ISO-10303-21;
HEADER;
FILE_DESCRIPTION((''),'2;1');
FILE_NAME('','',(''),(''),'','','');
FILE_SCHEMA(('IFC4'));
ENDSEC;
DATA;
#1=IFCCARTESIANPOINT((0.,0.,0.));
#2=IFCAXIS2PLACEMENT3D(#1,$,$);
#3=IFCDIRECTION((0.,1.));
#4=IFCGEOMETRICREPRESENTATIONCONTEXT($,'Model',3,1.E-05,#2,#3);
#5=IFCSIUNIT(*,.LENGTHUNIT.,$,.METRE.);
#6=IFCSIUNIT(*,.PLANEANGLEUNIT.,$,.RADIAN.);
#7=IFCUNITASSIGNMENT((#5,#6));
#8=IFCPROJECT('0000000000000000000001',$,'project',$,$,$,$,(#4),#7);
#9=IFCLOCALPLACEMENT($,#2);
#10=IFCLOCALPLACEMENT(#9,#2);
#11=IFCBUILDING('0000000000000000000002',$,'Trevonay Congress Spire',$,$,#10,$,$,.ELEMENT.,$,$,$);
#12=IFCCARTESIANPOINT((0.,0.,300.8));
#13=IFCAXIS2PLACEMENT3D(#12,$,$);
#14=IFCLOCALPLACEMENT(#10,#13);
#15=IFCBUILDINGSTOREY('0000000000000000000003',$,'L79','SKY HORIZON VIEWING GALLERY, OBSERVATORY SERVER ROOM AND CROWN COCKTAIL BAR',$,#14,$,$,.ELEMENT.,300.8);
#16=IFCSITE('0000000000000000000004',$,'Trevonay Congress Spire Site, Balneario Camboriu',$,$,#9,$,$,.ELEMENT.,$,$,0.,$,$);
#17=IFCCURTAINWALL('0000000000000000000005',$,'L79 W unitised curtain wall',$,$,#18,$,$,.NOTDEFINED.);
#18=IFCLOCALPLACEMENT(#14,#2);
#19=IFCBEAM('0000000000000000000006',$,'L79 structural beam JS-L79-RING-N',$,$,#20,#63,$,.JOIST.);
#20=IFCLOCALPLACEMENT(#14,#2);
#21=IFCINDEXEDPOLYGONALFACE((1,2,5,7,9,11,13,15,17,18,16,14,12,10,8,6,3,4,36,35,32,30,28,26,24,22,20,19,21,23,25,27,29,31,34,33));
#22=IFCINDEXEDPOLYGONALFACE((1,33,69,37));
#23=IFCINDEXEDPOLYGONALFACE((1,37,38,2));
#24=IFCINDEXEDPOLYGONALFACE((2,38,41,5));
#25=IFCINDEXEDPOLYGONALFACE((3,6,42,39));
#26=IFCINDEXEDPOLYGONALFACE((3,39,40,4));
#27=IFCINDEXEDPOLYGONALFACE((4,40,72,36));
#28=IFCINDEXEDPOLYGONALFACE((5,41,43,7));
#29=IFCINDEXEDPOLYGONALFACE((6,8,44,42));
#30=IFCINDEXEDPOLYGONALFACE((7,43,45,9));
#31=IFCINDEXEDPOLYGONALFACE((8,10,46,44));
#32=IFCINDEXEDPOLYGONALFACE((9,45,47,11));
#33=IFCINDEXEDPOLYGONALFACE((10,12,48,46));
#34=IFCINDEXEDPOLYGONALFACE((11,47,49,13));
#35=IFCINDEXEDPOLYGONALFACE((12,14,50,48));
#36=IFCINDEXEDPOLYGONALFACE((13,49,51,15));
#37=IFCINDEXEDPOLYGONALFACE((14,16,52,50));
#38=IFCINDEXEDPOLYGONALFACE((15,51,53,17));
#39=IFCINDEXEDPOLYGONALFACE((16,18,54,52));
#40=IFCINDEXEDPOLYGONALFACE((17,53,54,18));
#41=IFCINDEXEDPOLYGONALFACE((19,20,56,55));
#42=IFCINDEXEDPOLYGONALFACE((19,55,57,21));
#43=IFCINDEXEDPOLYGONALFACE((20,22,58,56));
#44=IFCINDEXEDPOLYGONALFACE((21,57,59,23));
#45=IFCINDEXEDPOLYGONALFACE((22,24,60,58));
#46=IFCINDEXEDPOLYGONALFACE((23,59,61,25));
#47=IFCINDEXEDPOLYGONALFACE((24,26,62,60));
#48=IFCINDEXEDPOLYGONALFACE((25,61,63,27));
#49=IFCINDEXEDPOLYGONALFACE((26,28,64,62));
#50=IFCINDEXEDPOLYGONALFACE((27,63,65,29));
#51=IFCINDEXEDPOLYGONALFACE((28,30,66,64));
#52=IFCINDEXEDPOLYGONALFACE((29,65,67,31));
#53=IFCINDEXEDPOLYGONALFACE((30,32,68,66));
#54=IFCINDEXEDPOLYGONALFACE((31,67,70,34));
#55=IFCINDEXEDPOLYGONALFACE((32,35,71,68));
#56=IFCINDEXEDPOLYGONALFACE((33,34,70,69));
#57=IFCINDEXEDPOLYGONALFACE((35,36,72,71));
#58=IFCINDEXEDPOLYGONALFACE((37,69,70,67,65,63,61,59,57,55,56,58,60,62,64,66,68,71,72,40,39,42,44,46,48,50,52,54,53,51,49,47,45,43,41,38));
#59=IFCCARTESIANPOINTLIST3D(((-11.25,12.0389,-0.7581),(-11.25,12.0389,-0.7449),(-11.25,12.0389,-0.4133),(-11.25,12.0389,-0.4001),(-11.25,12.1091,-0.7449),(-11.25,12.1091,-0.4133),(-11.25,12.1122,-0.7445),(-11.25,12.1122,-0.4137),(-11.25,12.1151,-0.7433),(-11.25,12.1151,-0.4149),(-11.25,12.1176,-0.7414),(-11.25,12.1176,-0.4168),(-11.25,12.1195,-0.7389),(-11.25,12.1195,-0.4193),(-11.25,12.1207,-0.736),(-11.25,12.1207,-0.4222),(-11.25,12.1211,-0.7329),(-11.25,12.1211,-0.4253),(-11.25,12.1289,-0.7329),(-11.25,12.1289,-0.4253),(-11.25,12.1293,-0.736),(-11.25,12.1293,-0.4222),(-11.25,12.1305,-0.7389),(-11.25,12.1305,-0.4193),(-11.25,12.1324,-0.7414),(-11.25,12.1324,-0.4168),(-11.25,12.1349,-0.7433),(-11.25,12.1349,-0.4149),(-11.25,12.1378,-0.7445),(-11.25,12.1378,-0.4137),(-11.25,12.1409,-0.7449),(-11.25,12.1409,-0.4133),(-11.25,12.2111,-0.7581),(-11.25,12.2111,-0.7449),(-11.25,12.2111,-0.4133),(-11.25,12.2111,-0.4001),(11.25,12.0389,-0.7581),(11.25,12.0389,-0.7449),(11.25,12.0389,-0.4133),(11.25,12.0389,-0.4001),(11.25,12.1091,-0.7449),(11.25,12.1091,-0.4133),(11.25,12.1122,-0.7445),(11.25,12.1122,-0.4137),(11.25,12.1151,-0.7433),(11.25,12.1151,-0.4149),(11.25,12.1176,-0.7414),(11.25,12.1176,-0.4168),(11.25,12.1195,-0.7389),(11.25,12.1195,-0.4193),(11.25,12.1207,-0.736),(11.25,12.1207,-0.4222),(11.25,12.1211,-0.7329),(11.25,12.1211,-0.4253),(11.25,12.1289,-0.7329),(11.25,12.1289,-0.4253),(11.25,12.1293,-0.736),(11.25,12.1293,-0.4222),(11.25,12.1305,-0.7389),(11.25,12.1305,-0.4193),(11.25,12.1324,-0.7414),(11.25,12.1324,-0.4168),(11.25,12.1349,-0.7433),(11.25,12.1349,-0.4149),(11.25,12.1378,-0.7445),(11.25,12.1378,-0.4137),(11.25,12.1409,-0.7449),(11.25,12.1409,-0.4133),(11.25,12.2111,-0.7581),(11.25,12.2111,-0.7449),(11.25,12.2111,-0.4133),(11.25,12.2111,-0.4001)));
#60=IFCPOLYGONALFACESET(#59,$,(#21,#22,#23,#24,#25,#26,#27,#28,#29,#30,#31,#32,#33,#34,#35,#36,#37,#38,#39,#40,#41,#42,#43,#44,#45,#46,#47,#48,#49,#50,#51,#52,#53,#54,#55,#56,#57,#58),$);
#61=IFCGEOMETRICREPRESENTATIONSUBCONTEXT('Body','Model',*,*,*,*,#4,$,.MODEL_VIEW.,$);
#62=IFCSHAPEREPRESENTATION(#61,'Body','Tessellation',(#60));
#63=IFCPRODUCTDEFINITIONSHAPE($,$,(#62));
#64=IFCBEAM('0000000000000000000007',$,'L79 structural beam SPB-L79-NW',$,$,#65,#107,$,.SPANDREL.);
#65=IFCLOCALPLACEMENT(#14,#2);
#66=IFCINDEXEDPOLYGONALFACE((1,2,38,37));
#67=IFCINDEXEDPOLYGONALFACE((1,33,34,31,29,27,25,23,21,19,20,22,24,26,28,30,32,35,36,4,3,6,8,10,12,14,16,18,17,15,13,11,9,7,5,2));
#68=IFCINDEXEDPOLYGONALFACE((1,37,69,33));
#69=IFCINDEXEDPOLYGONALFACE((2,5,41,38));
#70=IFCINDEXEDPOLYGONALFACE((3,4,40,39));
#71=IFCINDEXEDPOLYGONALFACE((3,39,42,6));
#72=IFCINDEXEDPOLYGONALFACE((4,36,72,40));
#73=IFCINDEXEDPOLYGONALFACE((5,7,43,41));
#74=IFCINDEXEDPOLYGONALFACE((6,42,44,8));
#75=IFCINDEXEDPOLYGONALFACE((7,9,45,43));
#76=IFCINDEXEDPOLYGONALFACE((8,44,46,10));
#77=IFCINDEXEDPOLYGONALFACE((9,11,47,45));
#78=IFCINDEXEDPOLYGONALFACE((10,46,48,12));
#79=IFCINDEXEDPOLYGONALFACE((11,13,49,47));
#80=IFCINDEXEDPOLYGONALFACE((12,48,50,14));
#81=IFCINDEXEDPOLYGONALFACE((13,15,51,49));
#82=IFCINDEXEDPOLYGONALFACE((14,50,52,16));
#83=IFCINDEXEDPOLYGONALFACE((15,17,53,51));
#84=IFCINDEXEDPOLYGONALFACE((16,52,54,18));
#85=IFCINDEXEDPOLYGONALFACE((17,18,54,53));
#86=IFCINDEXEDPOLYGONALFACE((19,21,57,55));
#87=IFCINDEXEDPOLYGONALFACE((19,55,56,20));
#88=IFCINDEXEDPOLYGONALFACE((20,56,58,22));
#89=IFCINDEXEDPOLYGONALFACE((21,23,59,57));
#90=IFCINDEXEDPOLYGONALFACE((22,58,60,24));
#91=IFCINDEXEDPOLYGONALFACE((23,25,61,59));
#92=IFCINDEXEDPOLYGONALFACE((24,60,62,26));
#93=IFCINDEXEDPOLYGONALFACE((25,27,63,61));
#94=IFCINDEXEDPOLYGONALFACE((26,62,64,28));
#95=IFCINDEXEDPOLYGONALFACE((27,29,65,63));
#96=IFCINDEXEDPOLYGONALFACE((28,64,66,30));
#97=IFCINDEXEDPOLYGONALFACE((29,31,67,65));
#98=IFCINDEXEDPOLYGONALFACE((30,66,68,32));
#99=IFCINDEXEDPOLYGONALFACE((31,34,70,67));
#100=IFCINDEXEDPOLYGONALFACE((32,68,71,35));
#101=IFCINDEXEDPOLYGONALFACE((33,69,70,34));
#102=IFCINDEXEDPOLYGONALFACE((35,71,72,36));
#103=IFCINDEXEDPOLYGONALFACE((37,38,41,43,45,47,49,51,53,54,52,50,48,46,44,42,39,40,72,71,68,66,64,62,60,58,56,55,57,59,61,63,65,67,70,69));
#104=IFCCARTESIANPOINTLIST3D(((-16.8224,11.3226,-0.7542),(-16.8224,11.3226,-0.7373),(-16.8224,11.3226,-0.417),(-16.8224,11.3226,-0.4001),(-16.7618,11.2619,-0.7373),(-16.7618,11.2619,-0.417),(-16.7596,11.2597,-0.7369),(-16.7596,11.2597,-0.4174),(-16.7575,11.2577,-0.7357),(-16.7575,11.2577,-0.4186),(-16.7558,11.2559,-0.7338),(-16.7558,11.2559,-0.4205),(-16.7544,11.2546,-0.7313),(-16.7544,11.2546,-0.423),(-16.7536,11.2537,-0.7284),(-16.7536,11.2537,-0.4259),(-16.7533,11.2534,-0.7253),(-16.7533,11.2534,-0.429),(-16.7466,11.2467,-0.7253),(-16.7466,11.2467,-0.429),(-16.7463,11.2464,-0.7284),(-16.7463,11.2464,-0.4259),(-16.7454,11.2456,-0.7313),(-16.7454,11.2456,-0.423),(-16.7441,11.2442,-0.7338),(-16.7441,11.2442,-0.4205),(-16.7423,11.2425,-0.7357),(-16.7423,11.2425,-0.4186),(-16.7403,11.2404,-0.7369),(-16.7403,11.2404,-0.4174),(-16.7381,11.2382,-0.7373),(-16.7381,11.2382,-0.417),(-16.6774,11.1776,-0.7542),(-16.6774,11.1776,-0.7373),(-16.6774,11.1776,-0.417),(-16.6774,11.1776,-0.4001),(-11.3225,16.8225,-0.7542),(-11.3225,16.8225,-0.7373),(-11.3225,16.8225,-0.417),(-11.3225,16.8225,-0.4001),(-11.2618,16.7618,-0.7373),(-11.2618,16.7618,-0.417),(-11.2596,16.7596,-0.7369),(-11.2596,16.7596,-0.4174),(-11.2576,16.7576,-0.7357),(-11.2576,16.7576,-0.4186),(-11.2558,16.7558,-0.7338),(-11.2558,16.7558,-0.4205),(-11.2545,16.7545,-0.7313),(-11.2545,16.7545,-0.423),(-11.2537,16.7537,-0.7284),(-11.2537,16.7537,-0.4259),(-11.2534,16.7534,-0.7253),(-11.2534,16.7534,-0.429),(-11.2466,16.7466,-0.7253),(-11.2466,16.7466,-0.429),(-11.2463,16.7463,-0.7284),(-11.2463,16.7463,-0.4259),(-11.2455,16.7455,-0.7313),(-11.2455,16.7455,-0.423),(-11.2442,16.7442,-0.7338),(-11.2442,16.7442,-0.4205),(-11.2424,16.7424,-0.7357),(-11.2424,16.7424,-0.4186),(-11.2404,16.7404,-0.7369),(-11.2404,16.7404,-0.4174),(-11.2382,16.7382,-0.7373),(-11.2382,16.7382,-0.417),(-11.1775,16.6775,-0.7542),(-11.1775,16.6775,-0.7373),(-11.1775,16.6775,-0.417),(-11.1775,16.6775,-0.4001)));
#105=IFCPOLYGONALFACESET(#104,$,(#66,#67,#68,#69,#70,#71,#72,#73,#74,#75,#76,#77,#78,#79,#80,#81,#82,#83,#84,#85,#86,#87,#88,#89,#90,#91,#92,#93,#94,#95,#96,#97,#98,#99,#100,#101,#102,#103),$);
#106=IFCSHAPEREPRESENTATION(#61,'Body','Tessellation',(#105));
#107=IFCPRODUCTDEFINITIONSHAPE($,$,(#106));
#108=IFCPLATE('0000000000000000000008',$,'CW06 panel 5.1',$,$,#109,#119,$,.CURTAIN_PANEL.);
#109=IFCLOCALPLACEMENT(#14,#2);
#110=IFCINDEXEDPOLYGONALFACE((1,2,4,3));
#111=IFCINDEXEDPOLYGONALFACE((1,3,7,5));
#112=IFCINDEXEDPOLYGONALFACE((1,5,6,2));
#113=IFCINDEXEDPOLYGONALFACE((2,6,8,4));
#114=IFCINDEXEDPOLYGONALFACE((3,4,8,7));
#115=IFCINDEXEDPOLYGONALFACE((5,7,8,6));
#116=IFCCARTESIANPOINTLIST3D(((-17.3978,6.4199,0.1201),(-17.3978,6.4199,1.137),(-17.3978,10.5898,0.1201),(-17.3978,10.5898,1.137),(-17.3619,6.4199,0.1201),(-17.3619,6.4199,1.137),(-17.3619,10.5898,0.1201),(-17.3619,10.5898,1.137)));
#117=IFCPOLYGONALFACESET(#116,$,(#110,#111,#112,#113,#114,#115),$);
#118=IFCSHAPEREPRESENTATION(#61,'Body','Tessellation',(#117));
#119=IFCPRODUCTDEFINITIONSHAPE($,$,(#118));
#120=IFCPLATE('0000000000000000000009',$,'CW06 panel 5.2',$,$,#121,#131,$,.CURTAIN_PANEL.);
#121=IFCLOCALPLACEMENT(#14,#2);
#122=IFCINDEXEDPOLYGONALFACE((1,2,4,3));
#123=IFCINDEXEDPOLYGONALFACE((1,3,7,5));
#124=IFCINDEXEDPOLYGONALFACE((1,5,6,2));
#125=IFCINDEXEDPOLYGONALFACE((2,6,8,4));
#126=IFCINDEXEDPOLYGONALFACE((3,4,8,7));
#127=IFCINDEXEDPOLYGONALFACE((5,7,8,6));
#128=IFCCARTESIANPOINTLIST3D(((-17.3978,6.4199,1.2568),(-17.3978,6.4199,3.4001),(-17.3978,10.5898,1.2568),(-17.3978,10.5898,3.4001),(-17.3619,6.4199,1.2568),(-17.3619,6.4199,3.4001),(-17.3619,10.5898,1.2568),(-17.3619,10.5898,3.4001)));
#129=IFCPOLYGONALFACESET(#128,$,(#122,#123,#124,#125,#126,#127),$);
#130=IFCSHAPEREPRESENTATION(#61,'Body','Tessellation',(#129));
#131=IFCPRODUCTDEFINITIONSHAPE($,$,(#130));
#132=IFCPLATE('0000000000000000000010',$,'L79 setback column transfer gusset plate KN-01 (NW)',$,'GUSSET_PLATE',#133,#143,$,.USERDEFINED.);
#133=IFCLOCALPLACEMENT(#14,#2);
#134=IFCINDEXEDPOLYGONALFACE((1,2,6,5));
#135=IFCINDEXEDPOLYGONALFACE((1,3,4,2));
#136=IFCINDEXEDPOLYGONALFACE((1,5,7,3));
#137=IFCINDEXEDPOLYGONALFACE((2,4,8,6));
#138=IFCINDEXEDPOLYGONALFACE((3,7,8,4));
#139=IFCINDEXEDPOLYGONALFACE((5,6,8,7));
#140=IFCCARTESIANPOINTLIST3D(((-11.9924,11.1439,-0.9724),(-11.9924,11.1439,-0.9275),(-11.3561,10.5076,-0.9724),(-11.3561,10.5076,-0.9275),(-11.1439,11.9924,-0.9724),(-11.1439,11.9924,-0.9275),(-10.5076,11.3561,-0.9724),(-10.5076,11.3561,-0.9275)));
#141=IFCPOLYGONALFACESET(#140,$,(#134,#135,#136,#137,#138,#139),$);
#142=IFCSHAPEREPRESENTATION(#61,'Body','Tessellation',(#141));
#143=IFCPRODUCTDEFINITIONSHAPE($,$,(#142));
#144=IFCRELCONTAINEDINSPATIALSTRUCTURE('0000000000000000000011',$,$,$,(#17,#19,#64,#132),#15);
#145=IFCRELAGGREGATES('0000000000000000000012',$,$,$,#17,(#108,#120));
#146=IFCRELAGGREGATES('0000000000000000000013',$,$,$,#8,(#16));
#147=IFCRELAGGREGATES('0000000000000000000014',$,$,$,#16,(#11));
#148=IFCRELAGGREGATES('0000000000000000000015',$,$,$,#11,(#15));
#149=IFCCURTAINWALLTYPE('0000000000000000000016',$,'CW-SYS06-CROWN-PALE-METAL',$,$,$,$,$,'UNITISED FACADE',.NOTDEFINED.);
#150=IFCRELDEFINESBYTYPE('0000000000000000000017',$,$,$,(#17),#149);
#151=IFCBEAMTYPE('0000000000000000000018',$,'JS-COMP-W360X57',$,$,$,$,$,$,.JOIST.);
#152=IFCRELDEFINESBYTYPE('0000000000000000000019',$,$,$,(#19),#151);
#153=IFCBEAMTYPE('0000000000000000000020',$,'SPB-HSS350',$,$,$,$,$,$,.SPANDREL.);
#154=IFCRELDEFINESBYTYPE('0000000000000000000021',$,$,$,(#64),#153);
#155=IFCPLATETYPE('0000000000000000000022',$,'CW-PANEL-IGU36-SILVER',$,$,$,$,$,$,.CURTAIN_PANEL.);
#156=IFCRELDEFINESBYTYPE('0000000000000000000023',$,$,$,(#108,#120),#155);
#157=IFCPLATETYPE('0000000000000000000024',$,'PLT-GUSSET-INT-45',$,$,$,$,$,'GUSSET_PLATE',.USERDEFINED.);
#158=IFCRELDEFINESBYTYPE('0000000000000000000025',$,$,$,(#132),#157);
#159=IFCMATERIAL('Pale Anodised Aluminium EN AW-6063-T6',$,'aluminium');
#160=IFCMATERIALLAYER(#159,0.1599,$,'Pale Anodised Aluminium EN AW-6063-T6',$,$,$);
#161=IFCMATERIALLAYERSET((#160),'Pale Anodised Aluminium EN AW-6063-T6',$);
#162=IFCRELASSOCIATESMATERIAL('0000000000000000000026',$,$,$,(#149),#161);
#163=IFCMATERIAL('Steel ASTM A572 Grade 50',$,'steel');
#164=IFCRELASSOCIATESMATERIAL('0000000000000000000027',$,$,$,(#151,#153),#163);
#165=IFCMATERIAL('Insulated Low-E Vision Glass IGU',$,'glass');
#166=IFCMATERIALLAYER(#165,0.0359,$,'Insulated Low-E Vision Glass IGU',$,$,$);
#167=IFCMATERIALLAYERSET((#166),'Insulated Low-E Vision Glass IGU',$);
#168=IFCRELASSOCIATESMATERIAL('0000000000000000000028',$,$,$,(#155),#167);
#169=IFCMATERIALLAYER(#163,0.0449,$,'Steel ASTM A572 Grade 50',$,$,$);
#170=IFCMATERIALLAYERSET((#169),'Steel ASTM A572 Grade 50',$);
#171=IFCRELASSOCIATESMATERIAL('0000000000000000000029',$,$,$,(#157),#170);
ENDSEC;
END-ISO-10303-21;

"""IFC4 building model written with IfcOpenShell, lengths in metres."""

from ifc_helpers import new_model, si_unit, direction, frame, origin, origin_2d, place, context, subcontext, project, spatial, rectangle, i_section, extrude, material, layer, layer_set, material_profile, profile_set, type_object, element, aggregate, save


model = new_model("IFC4")

# Units and contexts
model_context = context("Model", 3, precision=1e-05, world=origin(), true_north=direction((0.0, 1.0)))
body_context = subcontext(model_context, "Body", "Model", "MODEL_VIEW")
ifc_project = project(units=[si_unit("LENGTHUNIT", "METRE"), si_unit("PLANEANGLEUNIT", "RADIAN")], contexts=[model_context])

# Site, building, storey
site_placement = place(None, origin())
site = spatial("IfcSite", under=ifc_project, at=site_placement, Name="Trevonay Congress Spire Site, Balneario Camboriu", CompositionType="ELEMENT", RefElevation=0.0)
building_placement = place(site_placement, origin())
building = spatial("IfcBuilding", under=site, at=building_placement, Name="Trevonay Congress Spire", CompositionType="ELEMENT")
storey_placement = place(building_placement, frame((0.0, 0.0, 300.8)))
storey = spatial("IfcBuildingStorey", under=building, at=storey_placement, Name="L79", Description="SKY HORIZON VIEWING GALLERY, OBSERVATORY SERVER ROOM AND CROWN COCKTAIL BAR", CompositionType="ELEMENT", Elevation=300.8)

# Shared definitions
ifc_material_1 = material(Name="Steel ASTM A572 Grade 50", Category="steel")

# Curtain wall
ifc_material_2 = material(Name="Pale Anodised Aluminium EN AW-6063-T6", Category="aluminium")
ifc_layer_1 = layer(ifc_material_2, 0.1599, Name="Pale Anodised Aluminium EN AW-6063-T6")
ifc_layer_set_1 = layer_set([ifc_layer_1], Name="Pale Anodised Aluminium EN AW-6063-T6")
curtain_wall_type = type_object("IfcCurtainWallType", Name="CW-SYS06-CROWN-PALE-METAL", ElementType="UNITISED FACADE", PredefinedType="NOTDEFINED", material=ifc_layer_set_1)
curtain_wall_placement = place(storey_placement, origin())
curtain_wall = element("IfcCurtainWall", 1, at=curtain_wall_placement, inside=storey, type_object=curtain_wall_type, Name="L79 W unitised curtain wall", PredefinedType="NOTDEFINED")

# Beams
ifc_material_profile_1 = material_profile(ifc_material_1, i_section(OverallWidth=0.1721, OverallDepth=0.3579, WebThickness=0.0078, FlangeThickness=0.0132, FilletRadius=0.012, at=origin_2d()), Name="W360x57.8")
ifc_profile_set_1 = profile_set([ifc_material_profile_1], Name="Steel ASTM A572 Grade 50")
beam_type_1 = type_object("IfcBeamType", Name="JS-COMP-W360X57", PredefinedType="JOIST", material=ifc_profile_set_1)
beam_1_placement = place(storey_placement, frame((-11.25, 12.125, -0.5791), z_axis=(1.0, 0.0, 0.0), x_axis=(0.0, 1.0, 0.0)))
element("IfcBeam", 2, at=beam_1_placement, inside=storey, type_object=beam_type_1, Name="L79 structural beam JS-L79-RING-N", PredefinedType="JOIST", context=body_context, shape_type="SweptSolid", body=[
    extrude(i_section(OverallWidth=0.1721, OverallDepth=0.3579, WebThickness=0.0078, FlangeThickness=0.0132, FilletRadius=0.012, at=origin_2d()), origin(), (0.0, 0.0, 1.0), 22.5),
])
ifc_material_profile_2 = material_profile(ifc_material_1, i_section(OverallWidth=0.2051, OverallDepth=0.354, WebThickness=0.0095, FlangeThickness=0.0168, FilletRadius=0.012, at=origin_2d()), Name="W360x79")
ifc_profile_set_2 = profile_set([ifc_material_profile_2], Name="Steel ASTM A572 Grade 50")
beam_type_2 = type_object("IfcBeamType", Name="SPB-HSS350", PredefinedType="SPANDREL", material=ifc_profile_set_2)
beam_2_placement = place(storey_placement, frame((-11.25, 16.75, -0.5771), z_axis=(-0.707107, -0.707107, 0.0), x_axis=(0.707107, -0.707107, 0.0)))
element("IfcBeam", 3, at=beam_2_placement, inside=storey, type_object=beam_type_2, Name="L79 structural beam SPB-L79-NW", PredefinedType="SPANDREL", context=body_context, shape_type="SweptSolid", body=[
    extrude(i_section(OverallWidth=0.2051, OverallDepth=0.354, WebThickness=0.0095, FlangeThickness=0.0168, FilletRadius=0.012, at=origin_2d()), origin(), (0.0, 0.0, 1.0), 7.7781),
])

# Plates
ifc_material_3 = material(Name="Insulated Low-E Vision Glass IGU", Category="glass")
ifc_layer_2 = layer(ifc_material_3, 0.0359, Name="Insulated Low-E Vision Glass IGU")
ifc_layer_set_2 = layer_set([ifc_layer_2], Name="Insulated Low-E Vision Glass IGU")
plate_type_1 = type_object("IfcPlateType", Name="CW-PANEL-IGU36-SILVER", PredefinedType="CURTAIN_PANEL", material=ifc_layer_set_2)
plate_1_placement = place(storey_placement, frame((-17.3799, 8.5049, 0.1201), z_axis=(0.0, 0.0, 1.0), x_axis=(0.0, 1.0, 0.0)))
plate_1 = element("IfcPlate", 4, at=plate_1_placement, type_object=plate_type_1, Name="CW06 panel 5.1", PredefinedType="CURTAIN_PANEL", context=body_context, shape_type="SweptSolid", body=[
    extrude(rectangle(XDim=4.1699, YDim=0.0359, at=origin_2d()), origin(), (0.0, 0.0, 1.0), 1.0168),
])
plate_2_placement = place(storey_placement, frame((-17.3799, 8.5049, 1.2568), z_axis=(0.0, 0.0, 1.0), x_axis=(0.0, 1.0, 0.0)))
plate_2 = element("IfcPlate", 5, at=plate_2_placement, type_object=plate_type_1, Name="CW06 panel 5.2", PredefinedType="CURTAIN_PANEL", context=body_context, shape_type="SweptSolid", body=[
    extrude(rectangle(XDim=4.1699, YDim=0.0359, at=origin_2d()), origin(), (0.0, 0.0, 1.0), 2.1433),
])
aggregate(curtain_wall, [plate_1, plate_2])
ifc_layer_3 = layer(ifc_material_1, 0.0449, Name="Steel ASTM A572 Grade 50")
ifc_layer_set_3 = layer_set([ifc_layer_3], Name="Steel ASTM A572 Grade 50")
plate_type_2 = type_object("IfcPlateType", Name="PLT-GUSSET-INT-45", ElementType="GUSSET_PLATE", PredefinedType="USERDEFINED", material=ifc_layer_set_3)
plate_3_placement = place(storey_placement, frame((-11.25, 11.25, -0.9724), z_axis=(0.0, 0.0, 1.0), x_axis=(0.707107, 0.707107, 0.0)))
element("IfcPlate", 6, at=plate_3_placement, inside=storey, type_object=plate_type_2, Name="L79 setback column transfer gusset plate KN-01 (NW)", ObjectType="GUSSET_PLATE", PredefinedType="USERDEFINED", context=body_context, shape_type="SweptSolid", body=[
    extrude(rectangle(XDim=1.2, YDim=0.8999, at=origin_2d()), origin(), (0.0, 0.0, 1.0), 0.0449),
])

save(model, "model.ifc")
